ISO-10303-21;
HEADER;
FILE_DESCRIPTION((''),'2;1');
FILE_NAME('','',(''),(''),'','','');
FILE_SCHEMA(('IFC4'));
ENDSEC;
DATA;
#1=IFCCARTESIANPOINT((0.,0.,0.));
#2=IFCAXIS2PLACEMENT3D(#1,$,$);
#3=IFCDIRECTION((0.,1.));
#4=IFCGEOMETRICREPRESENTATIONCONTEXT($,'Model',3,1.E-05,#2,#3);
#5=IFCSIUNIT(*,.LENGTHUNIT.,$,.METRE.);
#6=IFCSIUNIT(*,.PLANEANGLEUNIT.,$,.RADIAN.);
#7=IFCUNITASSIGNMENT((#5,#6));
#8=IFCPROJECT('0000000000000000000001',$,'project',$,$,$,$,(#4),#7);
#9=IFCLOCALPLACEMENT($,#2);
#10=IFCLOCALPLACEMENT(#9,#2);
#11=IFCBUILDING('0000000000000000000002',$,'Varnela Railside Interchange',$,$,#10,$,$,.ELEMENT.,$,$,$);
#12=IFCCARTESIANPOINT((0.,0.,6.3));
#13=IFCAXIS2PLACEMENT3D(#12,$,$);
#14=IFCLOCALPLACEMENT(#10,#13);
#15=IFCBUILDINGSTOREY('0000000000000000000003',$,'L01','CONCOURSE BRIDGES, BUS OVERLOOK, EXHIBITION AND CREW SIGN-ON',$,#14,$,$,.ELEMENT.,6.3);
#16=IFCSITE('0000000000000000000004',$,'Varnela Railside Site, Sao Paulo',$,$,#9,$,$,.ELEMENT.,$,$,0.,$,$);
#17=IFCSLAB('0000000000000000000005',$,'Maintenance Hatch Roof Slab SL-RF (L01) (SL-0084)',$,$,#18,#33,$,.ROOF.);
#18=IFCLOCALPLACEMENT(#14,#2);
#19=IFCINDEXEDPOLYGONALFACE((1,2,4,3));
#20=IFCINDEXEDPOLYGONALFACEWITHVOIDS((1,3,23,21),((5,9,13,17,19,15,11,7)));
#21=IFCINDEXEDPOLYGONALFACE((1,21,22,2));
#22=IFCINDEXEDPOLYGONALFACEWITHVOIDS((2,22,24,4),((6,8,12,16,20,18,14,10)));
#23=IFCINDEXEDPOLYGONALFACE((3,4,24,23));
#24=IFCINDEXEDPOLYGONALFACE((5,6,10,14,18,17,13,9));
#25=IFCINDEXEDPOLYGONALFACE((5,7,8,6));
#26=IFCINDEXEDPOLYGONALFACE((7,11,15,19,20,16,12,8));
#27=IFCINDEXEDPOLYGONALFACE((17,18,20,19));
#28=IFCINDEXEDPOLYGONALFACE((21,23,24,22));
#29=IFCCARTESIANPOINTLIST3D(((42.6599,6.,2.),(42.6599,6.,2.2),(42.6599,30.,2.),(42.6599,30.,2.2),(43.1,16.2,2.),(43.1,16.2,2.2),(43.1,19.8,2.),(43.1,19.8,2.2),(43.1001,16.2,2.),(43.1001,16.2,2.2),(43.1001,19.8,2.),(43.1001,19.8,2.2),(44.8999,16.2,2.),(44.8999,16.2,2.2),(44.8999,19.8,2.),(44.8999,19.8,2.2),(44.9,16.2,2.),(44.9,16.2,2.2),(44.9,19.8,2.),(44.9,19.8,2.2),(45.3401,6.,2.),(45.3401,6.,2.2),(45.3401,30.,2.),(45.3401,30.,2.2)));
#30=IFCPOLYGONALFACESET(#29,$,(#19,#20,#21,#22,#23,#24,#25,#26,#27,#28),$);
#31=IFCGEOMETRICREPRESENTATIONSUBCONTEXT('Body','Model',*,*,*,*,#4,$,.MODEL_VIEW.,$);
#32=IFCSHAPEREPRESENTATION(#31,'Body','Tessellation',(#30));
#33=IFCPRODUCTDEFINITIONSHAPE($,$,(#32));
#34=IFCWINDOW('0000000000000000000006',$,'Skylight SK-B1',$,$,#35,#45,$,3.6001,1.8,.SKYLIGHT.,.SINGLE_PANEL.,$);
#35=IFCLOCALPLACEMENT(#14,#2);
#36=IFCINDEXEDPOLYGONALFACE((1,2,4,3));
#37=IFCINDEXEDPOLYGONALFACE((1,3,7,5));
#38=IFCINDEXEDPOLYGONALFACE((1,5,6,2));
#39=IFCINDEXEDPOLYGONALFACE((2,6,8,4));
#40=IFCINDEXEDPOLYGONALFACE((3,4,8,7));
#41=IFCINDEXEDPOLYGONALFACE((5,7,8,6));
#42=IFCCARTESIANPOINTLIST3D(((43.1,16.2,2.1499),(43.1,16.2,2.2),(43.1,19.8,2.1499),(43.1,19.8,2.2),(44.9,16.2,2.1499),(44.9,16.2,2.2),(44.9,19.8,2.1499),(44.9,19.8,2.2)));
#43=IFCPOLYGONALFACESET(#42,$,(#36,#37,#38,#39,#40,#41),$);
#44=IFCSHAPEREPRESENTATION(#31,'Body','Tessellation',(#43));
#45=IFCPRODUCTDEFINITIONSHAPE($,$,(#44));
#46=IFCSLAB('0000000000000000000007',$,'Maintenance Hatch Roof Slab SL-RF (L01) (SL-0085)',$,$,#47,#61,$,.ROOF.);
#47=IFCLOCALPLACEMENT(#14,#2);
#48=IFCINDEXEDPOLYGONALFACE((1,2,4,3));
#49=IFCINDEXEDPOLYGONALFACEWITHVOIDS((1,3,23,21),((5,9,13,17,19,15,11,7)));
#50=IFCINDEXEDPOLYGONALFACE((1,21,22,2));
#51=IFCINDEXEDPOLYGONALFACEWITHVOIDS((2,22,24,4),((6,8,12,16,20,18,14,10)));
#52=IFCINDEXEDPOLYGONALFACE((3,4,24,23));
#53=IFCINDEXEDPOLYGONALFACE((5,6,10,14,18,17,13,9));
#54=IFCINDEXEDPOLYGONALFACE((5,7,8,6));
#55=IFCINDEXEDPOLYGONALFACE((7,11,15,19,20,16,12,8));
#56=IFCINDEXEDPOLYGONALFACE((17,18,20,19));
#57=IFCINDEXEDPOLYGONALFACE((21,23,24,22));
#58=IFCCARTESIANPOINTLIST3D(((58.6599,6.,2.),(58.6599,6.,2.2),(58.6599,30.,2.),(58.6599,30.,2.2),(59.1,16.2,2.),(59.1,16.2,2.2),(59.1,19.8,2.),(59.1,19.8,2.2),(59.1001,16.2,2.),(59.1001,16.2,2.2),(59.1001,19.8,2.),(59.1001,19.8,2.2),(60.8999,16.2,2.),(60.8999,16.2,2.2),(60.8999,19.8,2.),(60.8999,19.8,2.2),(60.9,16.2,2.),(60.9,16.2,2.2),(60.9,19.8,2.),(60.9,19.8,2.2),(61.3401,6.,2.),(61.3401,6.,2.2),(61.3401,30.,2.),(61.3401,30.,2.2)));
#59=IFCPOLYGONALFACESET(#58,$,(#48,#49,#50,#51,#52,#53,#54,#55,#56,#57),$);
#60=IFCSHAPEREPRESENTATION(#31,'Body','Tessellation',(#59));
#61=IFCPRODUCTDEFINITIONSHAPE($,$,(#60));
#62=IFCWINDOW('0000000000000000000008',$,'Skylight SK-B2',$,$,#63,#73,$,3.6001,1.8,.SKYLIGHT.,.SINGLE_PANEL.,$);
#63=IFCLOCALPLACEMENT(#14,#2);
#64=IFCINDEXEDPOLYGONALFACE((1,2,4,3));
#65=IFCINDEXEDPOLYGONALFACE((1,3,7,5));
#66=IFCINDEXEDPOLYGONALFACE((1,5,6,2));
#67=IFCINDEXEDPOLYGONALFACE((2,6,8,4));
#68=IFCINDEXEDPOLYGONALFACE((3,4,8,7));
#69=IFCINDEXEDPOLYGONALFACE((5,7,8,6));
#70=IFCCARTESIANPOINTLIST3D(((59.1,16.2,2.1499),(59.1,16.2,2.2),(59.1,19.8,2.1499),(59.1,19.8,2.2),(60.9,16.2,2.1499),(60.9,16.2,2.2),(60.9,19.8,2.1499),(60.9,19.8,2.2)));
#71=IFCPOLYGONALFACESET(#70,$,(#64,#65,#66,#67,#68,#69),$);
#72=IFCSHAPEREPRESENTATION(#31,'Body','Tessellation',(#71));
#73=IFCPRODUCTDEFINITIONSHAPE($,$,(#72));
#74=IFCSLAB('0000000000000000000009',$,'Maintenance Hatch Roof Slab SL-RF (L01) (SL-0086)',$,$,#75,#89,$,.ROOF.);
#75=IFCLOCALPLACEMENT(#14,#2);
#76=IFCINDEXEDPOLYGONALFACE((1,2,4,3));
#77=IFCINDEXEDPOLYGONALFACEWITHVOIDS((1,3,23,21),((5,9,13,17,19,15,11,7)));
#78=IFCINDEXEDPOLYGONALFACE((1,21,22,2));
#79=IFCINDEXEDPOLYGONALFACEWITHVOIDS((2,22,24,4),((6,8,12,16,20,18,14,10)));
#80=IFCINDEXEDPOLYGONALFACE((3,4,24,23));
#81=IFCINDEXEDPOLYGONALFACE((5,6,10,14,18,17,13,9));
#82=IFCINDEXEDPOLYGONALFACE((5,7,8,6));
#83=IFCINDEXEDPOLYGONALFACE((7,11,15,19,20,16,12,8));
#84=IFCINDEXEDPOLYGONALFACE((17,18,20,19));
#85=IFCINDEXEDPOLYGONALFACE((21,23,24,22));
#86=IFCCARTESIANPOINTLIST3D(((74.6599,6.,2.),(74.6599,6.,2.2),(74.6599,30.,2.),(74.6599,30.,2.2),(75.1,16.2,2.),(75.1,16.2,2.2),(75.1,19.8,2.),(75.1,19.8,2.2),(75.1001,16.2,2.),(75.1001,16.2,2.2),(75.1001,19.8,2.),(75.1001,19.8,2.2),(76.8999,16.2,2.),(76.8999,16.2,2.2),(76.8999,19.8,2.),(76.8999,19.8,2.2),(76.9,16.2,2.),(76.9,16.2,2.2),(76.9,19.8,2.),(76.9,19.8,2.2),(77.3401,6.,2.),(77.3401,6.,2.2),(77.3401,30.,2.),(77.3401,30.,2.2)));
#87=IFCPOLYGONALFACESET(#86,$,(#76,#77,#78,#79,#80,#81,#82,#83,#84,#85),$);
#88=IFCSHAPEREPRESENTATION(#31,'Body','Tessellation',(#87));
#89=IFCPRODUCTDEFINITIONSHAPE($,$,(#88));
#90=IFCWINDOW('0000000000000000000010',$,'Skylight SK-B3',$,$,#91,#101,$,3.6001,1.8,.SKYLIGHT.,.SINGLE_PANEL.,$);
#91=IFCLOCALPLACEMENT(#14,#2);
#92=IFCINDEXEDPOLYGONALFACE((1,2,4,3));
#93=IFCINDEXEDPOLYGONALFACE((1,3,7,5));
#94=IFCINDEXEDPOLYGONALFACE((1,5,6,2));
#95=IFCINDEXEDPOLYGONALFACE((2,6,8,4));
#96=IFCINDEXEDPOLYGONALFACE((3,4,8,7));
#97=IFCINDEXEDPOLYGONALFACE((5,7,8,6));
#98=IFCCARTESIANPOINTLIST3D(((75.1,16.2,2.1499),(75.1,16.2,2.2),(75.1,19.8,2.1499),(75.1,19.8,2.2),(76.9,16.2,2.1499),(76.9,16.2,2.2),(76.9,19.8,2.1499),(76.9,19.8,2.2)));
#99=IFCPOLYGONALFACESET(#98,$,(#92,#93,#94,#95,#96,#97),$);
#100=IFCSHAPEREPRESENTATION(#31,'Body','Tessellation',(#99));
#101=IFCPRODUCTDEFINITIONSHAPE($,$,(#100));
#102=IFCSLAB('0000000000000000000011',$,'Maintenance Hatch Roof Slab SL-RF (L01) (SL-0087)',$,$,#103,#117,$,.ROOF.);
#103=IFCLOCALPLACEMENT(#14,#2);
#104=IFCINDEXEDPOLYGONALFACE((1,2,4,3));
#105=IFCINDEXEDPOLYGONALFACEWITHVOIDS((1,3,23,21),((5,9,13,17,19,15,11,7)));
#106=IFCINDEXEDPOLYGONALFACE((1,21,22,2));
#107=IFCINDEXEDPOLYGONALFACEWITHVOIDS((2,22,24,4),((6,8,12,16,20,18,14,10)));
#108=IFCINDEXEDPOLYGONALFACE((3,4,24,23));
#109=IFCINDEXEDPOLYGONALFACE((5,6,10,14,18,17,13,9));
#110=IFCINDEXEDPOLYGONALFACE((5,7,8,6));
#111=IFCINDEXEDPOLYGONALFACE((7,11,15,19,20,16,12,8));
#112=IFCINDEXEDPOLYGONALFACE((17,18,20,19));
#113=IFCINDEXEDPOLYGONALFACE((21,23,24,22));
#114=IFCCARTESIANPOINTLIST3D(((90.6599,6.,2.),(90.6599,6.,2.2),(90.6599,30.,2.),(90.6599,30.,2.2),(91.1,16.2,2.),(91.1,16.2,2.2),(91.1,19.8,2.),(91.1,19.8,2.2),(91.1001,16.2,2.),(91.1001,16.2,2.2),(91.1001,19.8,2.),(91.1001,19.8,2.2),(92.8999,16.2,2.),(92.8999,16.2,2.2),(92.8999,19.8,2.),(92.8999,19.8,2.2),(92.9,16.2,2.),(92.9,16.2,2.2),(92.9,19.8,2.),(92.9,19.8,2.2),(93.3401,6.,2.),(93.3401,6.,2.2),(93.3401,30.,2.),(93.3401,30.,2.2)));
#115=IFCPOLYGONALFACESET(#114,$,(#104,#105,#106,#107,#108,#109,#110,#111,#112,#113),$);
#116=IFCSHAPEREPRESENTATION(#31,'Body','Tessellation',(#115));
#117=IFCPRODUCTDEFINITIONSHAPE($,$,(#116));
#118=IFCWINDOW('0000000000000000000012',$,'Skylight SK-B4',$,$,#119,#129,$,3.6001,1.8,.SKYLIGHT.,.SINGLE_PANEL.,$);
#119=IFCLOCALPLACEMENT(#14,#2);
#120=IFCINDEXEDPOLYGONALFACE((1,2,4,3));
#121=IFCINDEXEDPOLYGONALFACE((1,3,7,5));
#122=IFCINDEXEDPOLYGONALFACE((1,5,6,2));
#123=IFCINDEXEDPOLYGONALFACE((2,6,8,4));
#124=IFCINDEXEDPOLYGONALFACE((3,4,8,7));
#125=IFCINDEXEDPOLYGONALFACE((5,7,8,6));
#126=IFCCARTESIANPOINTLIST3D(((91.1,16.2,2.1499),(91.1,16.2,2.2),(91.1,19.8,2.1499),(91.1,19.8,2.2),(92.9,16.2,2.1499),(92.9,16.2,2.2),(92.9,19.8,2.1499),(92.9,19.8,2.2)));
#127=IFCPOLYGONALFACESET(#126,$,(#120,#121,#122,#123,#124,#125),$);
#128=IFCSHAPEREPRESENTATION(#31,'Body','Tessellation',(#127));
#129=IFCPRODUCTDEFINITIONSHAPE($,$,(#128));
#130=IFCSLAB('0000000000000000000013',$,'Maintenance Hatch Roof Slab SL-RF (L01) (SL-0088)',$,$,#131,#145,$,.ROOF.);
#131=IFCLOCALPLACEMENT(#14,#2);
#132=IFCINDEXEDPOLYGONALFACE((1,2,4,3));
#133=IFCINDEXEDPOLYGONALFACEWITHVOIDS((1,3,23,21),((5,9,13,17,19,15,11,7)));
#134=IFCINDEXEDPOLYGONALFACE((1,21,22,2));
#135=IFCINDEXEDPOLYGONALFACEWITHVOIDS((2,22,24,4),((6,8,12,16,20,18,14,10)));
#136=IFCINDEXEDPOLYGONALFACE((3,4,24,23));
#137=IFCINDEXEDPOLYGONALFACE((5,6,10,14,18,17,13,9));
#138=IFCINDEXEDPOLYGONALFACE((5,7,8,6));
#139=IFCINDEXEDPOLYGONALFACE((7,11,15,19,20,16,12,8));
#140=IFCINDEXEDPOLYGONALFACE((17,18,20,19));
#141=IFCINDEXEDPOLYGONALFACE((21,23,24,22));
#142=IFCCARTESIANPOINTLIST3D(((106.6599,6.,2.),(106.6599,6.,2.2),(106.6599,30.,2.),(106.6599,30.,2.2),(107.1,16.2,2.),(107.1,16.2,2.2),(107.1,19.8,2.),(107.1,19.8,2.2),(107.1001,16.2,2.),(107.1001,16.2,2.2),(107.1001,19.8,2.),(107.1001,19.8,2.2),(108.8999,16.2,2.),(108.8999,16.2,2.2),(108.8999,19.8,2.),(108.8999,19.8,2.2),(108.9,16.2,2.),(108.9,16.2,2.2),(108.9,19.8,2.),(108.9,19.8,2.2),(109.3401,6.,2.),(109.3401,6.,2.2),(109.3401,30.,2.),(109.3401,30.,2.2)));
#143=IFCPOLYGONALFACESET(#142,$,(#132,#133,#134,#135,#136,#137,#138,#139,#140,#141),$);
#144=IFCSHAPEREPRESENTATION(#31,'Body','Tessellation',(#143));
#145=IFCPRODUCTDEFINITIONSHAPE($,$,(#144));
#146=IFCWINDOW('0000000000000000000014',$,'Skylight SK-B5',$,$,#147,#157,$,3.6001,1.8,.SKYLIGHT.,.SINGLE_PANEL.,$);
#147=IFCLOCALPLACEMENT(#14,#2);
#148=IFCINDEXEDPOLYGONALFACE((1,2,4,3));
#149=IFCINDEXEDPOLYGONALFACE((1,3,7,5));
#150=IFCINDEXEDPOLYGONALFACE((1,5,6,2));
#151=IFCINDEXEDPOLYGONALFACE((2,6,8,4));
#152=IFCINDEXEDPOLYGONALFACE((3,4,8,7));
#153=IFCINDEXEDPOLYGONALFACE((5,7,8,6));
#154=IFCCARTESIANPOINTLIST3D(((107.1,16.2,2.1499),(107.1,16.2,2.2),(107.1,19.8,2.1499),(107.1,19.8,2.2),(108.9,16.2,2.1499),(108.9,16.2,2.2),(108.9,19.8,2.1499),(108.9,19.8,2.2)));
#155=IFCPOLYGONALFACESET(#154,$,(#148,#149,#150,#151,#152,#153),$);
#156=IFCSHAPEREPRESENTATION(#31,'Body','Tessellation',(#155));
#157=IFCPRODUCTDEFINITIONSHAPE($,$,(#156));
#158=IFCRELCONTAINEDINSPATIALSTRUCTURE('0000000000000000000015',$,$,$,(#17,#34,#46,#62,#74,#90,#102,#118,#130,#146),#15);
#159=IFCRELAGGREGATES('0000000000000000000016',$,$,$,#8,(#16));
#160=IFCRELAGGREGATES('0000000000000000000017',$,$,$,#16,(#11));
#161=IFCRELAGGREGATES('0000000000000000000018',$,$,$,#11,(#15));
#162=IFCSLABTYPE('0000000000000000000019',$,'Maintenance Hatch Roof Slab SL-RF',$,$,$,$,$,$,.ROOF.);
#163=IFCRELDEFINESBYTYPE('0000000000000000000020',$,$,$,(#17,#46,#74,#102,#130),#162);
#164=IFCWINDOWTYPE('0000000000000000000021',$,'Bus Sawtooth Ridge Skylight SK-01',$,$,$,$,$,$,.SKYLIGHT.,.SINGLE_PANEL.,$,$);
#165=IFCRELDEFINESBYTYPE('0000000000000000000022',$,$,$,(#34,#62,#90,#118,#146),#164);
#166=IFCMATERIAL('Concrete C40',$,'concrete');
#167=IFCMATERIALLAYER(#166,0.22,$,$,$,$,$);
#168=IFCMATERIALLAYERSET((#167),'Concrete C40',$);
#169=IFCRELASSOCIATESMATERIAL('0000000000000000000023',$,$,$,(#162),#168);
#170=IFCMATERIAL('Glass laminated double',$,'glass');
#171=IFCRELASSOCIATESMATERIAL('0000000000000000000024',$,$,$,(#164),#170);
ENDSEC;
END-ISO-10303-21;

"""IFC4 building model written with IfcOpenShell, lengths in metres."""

from ifc_helpers import new_model, si_unit, direction, frame, origin, origin_2d, place, context, subcontext, project, spatial, polyline, rectangle, outline, extrude, material, layer, layer_set, type_object, element, fill, save


model = new_model("IFC4")

# Units and contexts
model_context = context("Model", 3, precision=1e-05, world=origin(), true_north=direction((0.0, 1.0)))
body_context = subcontext(model_context, "Body", "Model", "MODEL_VIEW")
ifc_project = project(units=[si_unit("LENGTHUNIT", "METRE"), si_unit("PLANEANGLEUNIT", "RADIAN")], contexts=[model_context])

# Site, building, storey
site_placement = place(None, origin())
site = spatial("IfcSite", under=ifc_project, at=site_placement, Name="Varnela Railside Site, Sao Paulo", CompositionType="ELEMENT", RefElevation=0.0)
building_placement = place(site_placement, origin())
building = spatial("IfcBuilding", under=site, at=building_placement, Name="Varnela Railside Interchange", CompositionType="ELEMENT")
storey_placement = place(building_placement, frame((0.0, 0.0, 6.3)))
storey = spatial("IfcBuildingStorey", under=building, at=storey_placement, Name="L01", Description="CONCOURSE BRIDGES, BUS OVERLOOK, EXHIBITION AND CREW SIGN-ON", CompositionType="ELEMENT", Elevation=6.3)

# Slabs, openings, windows
ifc_material_1 = material(Name="Concrete C40", Category="concrete")
ifc_layer_1 = layer(ifc_material_1, 0.22)
ifc_layer_set_1 = layer_set([ifc_layer_1], Name="Concrete C40")
slab_type_1 = type_object("IfcSlabType", Name="Maintenance Hatch Roof Slab SL-RF", PredefinedType="ROOF", material=ifc_layer_set_1)
slab_1_placement = place(storey_placement, frame((0.0, 0.0, 2.0)))
slab_1 = element("IfcSlab", 1, at=slab_1_placement, inside=storey, type_object=slab_type_1, Name="Maintenance Hatch Roof Slab SL-RF (L01) (SL-0084)", PredefinedType="ROOF", context=body_context, shape_type="SweptSolid", body=[
    extrude(outline(polyline([(42.6599, 6.0), (45.3401, 6.0), (45.3401, 30.0), (42.6599, 30.0), (42.6599, 6.0)]), holes=[polyline([(43.1001, 16.2), (44.8999, 16.2), (44.8999, 19.8), (43.1001, 19.8), (43.1001, 16.2)])]), origin(), (0.0, 0.0, 1.0), 0.2),
])
opening_1_placement = place(slab_1_placement, frame((44.0, 18.0, -0.01)))
opening_1 = element("IfcOpeningElement", 2, at=opening_1_placement, cuts=slab_1, PredefinedType="OPENING", context=body_context, shape_type="SweptSolid", body=[
    extrude(rectangle(XDim=1.8, YDim=3.6001, at=origin_2d()), origin(), (0.0, 0.0, 1.0), 0.22),
])
ifc_material_2 = material(Name="Glass laminated double", Category="glass")
window_type = type_object("IfcWindowType", Name="Bus Sawtooth Ridge Skylight SK-01", PartitioningType="SINGLE_PANEL", PredefinedType="SKYLIGHT", material=ifc_material_2)
window_1_placement = place(slab_1_placement, frame((44.0, 18.0, 0.1499)))
window_1 = element("IfcWindow", 3, at=window_1_placement, inside=storey, type_object=window_type, Name="Skylight SK-B1", OverallHeight=3.6001, OverallWidth=1.8, PartitioningType="SINGLE_PANEL", PredefinedType="SKYLIGHT", context=body_context, shape_type="SweptSolid", body=[
    extrude(rectangle(XDim=1.8, YDim=3.6001, at=origin_2d()), origin(), (0.0, 0.0, 1.0), 0.05),
])
fill(opening_1, window_1)
slab_2_placement = place(storey_placement, frame((0.0, 0.0, 2.0)))
slab_2 = element("IfcSlab", 4, at=slab_2_placement, inside=storey, type_object=slab_type_1, Name="Maintenance Hatch Roof Slab SL-RF (L01) (SL-0085)", PredefinedType="ROOF", context=body_context, shape_type="SweptSolid", body=[
    extrude(outline(polyline([(58.6599, 6.0), (61.3401, 6.0), (61.3401, 30.0), (58.6599, 30.0), (58.6599, 6.0)]), holes=[polyline([(59.1001, 16.2), (60.8999, 16.2), (60.8999, 19.8), (59.1001, 19.8), (59.1001, 16.2)])]), origin(), (0.0, 0.0, 1.0), 0.2),
])
opening_2_placement = place(slab_2_placement, frame((60.0, 18.0, -0.01)))
opening_2 = element("IfcOpeningElement", 5, at=opening_2_placement, cuts=slab_2, PredefinedType="OPENING", context=body_context, shape_type="SweptSolid", body=[
    extrude(rectangle(XDim=1.8, YDim=3.6001, at=origin_2d()), origin(), (0.0, 0.0, 1.0), 0.22),
])
window_2_placement = place(slab_2_placement, frame((60.0, 18.0, 0.1499)))
window_2 = element("IfcWindow", 6, at=window_2_placement, inside=storey, type_object=window_type, Name="Skylight SK-B2", OverallHeight=3.6001, OverallWidth=1.8, PartitioningType="SINGLE_PANEL", PredefinedType="SKYLIGHT", context=body_context, shape_type="SweptSolid", body=[
    extrude(rectangle(XDim=1.8, YDim=3.6001, at=origin_2d()), origin(), (0.0, 0.0, 1.0), 0.05),
])
fill(opening_2, window_2)
slab_3_placement = place(storey_placement, frame((0.0, 0.0, 2.0)))
slab_3 = element("IfcSlab", 7, at=slab_3_placement, inside=storey, type_object=slab_type_1, Name="Maintenance Hatch Roof Slab SL-RF (L01) (SL-0086)", PredefinedType="ROOF", context=body_context, shape_type="SweptSolid", body=[
    extrude(outline(polyline([(74.6599, 6.0), (77.3401, 6.0), (77.3401, 30.0), (74.6599, 30.0), (74.6599, 6.0)]), holes=[polyline([(75.1001, 16.2), (76.8999, 16.2), (76.8999, 19.8), (75.1001, 19.8), (75.1001, 16.2)])]), origin(), (0.0, 0.0, 1.0), 0.2),
])
opening_3_placement = place(slab_3_placement, frame((76.0, 18.0, -0.01)))
opening_3 = element("IfcOpeningElement", 8, at=opening_3_placement, cuts=slab_3, PredefinedType="OPENING", context=body_context, shape_type="SweptSolid", body=[
    extrude(rectangle(XDim=1.8, YDim=3.6001, at=origin_2d()), origin(), (0.0, 0.0, 1.0), 0.22),
])
window_3_placement = place(slab_3_placement, frame((76.0, 18.0, 0.1499)))
window_3 = element("IfcWindow", 9, at=window_3_placement, inside=storey, type_object=window_type, Name="Skylight SK-B3", OverallHeight=3.6001, OverallWidth=1.8, PartitioningType="SINGLE_PANEL", PredefinedType="SKYLIGHT", context=body_context, shape_type="SweptSolid", body=[
    extrude(rectangle(XDim=1.8, YDim=3.6001, at=origin_2d()), origin(), (0.0, 0.0, 1.0), 0.05),
])
fill(opening_3, window_3)
slab_4_placement = place(storey_placement, frame((0.0, 0.0, 2.0)))
slab_4 = element("IfcSlab", 10, at=slab_4_placement, inside=storey, type_object=slab_type_1, Name="Maintenance Hatch Roof Slab SL-RF (L01) (SL-0087)", PredefinedType="ROOF", context=body_context, shape_type="SweptSolid", body=[
    extrude(outline(polyline([(90.6599, 6.0), (93.3401, 6.0), (93.3401, 30.0), (90.6599, 30.0), (90.6599, 6.0)]), holes=[polyline([(91.1001, 16.2), (92.8999, 16.2), (92.8999, 19.8), (91.1001, 19.8), (91.1001, 16.2)])]), origin(), (0.0, 0.0, 1.0), 0.2),
])
opening_4_placement = place(slab_4_placement, frame((92.0, 18.0, -0.01)))
opening_4 = element("IfcOpeningElement", 11, at=opening_4_placement, cuts=slab_4, PredefinedType="OPENING", context=body_context, shape_type="SweptSolid", body=[
    extrude(rectangle(XDim=1.8, YDim=3.6001, at=origin_2d()), origin(), (0.0, 0.0, 1.0), 0.22),
])
window_4_placement = place(slab_4_placement, frame((92.0, 18.0, 0.1499)))
window_4 = element("IfcWindow", 12, at=window_4_placement, inside=storey, type_object=window_type, Name="Skylight SK-B4", OverallHeight=3.6001, OverallWidth=1.8, PartitioningType="SINGLE_PANEL", PredefinedType="SKYLIGHT", context=body_context, shape_type="SweptSolid", body=[
    extrude(rectangle(XDim=1.8, YDim=3.6001, at=origin_2d()), origin(), (0.0, 0.0, 1.0), 0.05),
])
fill(opening_4, window_4)
slab_5_placement = place(storey_placement, frame((0.0, 0.0, 2.0)))
slab_5 = element("IfcSlab", 13, at=slab_5_placement, inside=storey, type_object=slab_type_1, Name="Maintenance Hatch Roof Slab SL-RF (L01) (SL-0088)", PredefinedType="ROOF", context=body_context, shape_type="SweptSolid", body=[
    extrude(outline(polyline([(106.6599, 6.0), (109.3401, 6.0), (109.3401, 30.0), (106.6599, 30.0), (106.6599, 6.0)]), holes=[polyline([(107.1001, 16.2), (108.8999, 16.2), (108.8999, 19.8), (107.1001, 19.8), (107.1001, 16.2)])]), origin(), (0.0, 0.0, 1.0), 0.2),
])
opening_5_placement = place(slab_5_placement, frame((108.0, 18.0, -0.01)))
opening_5 = element("IfcOpeningElement", 14, at=opening_5_placement, cuts=slab_5, PredefinedType="OPENING", context=body_context, shape_type="SweptSolid", body=[
    extrude(rectangle(XDim=1.8, YDim=3.6001, at=origin_2d()), origin(), (0.0, 0.0, 1.0), 0.22),
])
window_5_placement = place(slab_5_placement, frame((108.0, 18.0, 0.1499)))
window_5 = element("IfcWindow", 15, at=window_5_placement, inside=storey, type_object=window_type, Name="Skylight SK-B5", OverallHeight=3.6001, OverallWidth=1.8, PartitioningType="SINGLE_PANEL", PredefinedType="SKYLIGHT", context=body_context, shape_type="SweptSolid", body=[
    extrude(rectangle(XDim=1.8, YDim=3.6001, at=origin_2d()), origin(), (0.0, 0.0, 1.0), 0.05),
])
fill(opening_5, window_5)

save(model, "model.ifc")
